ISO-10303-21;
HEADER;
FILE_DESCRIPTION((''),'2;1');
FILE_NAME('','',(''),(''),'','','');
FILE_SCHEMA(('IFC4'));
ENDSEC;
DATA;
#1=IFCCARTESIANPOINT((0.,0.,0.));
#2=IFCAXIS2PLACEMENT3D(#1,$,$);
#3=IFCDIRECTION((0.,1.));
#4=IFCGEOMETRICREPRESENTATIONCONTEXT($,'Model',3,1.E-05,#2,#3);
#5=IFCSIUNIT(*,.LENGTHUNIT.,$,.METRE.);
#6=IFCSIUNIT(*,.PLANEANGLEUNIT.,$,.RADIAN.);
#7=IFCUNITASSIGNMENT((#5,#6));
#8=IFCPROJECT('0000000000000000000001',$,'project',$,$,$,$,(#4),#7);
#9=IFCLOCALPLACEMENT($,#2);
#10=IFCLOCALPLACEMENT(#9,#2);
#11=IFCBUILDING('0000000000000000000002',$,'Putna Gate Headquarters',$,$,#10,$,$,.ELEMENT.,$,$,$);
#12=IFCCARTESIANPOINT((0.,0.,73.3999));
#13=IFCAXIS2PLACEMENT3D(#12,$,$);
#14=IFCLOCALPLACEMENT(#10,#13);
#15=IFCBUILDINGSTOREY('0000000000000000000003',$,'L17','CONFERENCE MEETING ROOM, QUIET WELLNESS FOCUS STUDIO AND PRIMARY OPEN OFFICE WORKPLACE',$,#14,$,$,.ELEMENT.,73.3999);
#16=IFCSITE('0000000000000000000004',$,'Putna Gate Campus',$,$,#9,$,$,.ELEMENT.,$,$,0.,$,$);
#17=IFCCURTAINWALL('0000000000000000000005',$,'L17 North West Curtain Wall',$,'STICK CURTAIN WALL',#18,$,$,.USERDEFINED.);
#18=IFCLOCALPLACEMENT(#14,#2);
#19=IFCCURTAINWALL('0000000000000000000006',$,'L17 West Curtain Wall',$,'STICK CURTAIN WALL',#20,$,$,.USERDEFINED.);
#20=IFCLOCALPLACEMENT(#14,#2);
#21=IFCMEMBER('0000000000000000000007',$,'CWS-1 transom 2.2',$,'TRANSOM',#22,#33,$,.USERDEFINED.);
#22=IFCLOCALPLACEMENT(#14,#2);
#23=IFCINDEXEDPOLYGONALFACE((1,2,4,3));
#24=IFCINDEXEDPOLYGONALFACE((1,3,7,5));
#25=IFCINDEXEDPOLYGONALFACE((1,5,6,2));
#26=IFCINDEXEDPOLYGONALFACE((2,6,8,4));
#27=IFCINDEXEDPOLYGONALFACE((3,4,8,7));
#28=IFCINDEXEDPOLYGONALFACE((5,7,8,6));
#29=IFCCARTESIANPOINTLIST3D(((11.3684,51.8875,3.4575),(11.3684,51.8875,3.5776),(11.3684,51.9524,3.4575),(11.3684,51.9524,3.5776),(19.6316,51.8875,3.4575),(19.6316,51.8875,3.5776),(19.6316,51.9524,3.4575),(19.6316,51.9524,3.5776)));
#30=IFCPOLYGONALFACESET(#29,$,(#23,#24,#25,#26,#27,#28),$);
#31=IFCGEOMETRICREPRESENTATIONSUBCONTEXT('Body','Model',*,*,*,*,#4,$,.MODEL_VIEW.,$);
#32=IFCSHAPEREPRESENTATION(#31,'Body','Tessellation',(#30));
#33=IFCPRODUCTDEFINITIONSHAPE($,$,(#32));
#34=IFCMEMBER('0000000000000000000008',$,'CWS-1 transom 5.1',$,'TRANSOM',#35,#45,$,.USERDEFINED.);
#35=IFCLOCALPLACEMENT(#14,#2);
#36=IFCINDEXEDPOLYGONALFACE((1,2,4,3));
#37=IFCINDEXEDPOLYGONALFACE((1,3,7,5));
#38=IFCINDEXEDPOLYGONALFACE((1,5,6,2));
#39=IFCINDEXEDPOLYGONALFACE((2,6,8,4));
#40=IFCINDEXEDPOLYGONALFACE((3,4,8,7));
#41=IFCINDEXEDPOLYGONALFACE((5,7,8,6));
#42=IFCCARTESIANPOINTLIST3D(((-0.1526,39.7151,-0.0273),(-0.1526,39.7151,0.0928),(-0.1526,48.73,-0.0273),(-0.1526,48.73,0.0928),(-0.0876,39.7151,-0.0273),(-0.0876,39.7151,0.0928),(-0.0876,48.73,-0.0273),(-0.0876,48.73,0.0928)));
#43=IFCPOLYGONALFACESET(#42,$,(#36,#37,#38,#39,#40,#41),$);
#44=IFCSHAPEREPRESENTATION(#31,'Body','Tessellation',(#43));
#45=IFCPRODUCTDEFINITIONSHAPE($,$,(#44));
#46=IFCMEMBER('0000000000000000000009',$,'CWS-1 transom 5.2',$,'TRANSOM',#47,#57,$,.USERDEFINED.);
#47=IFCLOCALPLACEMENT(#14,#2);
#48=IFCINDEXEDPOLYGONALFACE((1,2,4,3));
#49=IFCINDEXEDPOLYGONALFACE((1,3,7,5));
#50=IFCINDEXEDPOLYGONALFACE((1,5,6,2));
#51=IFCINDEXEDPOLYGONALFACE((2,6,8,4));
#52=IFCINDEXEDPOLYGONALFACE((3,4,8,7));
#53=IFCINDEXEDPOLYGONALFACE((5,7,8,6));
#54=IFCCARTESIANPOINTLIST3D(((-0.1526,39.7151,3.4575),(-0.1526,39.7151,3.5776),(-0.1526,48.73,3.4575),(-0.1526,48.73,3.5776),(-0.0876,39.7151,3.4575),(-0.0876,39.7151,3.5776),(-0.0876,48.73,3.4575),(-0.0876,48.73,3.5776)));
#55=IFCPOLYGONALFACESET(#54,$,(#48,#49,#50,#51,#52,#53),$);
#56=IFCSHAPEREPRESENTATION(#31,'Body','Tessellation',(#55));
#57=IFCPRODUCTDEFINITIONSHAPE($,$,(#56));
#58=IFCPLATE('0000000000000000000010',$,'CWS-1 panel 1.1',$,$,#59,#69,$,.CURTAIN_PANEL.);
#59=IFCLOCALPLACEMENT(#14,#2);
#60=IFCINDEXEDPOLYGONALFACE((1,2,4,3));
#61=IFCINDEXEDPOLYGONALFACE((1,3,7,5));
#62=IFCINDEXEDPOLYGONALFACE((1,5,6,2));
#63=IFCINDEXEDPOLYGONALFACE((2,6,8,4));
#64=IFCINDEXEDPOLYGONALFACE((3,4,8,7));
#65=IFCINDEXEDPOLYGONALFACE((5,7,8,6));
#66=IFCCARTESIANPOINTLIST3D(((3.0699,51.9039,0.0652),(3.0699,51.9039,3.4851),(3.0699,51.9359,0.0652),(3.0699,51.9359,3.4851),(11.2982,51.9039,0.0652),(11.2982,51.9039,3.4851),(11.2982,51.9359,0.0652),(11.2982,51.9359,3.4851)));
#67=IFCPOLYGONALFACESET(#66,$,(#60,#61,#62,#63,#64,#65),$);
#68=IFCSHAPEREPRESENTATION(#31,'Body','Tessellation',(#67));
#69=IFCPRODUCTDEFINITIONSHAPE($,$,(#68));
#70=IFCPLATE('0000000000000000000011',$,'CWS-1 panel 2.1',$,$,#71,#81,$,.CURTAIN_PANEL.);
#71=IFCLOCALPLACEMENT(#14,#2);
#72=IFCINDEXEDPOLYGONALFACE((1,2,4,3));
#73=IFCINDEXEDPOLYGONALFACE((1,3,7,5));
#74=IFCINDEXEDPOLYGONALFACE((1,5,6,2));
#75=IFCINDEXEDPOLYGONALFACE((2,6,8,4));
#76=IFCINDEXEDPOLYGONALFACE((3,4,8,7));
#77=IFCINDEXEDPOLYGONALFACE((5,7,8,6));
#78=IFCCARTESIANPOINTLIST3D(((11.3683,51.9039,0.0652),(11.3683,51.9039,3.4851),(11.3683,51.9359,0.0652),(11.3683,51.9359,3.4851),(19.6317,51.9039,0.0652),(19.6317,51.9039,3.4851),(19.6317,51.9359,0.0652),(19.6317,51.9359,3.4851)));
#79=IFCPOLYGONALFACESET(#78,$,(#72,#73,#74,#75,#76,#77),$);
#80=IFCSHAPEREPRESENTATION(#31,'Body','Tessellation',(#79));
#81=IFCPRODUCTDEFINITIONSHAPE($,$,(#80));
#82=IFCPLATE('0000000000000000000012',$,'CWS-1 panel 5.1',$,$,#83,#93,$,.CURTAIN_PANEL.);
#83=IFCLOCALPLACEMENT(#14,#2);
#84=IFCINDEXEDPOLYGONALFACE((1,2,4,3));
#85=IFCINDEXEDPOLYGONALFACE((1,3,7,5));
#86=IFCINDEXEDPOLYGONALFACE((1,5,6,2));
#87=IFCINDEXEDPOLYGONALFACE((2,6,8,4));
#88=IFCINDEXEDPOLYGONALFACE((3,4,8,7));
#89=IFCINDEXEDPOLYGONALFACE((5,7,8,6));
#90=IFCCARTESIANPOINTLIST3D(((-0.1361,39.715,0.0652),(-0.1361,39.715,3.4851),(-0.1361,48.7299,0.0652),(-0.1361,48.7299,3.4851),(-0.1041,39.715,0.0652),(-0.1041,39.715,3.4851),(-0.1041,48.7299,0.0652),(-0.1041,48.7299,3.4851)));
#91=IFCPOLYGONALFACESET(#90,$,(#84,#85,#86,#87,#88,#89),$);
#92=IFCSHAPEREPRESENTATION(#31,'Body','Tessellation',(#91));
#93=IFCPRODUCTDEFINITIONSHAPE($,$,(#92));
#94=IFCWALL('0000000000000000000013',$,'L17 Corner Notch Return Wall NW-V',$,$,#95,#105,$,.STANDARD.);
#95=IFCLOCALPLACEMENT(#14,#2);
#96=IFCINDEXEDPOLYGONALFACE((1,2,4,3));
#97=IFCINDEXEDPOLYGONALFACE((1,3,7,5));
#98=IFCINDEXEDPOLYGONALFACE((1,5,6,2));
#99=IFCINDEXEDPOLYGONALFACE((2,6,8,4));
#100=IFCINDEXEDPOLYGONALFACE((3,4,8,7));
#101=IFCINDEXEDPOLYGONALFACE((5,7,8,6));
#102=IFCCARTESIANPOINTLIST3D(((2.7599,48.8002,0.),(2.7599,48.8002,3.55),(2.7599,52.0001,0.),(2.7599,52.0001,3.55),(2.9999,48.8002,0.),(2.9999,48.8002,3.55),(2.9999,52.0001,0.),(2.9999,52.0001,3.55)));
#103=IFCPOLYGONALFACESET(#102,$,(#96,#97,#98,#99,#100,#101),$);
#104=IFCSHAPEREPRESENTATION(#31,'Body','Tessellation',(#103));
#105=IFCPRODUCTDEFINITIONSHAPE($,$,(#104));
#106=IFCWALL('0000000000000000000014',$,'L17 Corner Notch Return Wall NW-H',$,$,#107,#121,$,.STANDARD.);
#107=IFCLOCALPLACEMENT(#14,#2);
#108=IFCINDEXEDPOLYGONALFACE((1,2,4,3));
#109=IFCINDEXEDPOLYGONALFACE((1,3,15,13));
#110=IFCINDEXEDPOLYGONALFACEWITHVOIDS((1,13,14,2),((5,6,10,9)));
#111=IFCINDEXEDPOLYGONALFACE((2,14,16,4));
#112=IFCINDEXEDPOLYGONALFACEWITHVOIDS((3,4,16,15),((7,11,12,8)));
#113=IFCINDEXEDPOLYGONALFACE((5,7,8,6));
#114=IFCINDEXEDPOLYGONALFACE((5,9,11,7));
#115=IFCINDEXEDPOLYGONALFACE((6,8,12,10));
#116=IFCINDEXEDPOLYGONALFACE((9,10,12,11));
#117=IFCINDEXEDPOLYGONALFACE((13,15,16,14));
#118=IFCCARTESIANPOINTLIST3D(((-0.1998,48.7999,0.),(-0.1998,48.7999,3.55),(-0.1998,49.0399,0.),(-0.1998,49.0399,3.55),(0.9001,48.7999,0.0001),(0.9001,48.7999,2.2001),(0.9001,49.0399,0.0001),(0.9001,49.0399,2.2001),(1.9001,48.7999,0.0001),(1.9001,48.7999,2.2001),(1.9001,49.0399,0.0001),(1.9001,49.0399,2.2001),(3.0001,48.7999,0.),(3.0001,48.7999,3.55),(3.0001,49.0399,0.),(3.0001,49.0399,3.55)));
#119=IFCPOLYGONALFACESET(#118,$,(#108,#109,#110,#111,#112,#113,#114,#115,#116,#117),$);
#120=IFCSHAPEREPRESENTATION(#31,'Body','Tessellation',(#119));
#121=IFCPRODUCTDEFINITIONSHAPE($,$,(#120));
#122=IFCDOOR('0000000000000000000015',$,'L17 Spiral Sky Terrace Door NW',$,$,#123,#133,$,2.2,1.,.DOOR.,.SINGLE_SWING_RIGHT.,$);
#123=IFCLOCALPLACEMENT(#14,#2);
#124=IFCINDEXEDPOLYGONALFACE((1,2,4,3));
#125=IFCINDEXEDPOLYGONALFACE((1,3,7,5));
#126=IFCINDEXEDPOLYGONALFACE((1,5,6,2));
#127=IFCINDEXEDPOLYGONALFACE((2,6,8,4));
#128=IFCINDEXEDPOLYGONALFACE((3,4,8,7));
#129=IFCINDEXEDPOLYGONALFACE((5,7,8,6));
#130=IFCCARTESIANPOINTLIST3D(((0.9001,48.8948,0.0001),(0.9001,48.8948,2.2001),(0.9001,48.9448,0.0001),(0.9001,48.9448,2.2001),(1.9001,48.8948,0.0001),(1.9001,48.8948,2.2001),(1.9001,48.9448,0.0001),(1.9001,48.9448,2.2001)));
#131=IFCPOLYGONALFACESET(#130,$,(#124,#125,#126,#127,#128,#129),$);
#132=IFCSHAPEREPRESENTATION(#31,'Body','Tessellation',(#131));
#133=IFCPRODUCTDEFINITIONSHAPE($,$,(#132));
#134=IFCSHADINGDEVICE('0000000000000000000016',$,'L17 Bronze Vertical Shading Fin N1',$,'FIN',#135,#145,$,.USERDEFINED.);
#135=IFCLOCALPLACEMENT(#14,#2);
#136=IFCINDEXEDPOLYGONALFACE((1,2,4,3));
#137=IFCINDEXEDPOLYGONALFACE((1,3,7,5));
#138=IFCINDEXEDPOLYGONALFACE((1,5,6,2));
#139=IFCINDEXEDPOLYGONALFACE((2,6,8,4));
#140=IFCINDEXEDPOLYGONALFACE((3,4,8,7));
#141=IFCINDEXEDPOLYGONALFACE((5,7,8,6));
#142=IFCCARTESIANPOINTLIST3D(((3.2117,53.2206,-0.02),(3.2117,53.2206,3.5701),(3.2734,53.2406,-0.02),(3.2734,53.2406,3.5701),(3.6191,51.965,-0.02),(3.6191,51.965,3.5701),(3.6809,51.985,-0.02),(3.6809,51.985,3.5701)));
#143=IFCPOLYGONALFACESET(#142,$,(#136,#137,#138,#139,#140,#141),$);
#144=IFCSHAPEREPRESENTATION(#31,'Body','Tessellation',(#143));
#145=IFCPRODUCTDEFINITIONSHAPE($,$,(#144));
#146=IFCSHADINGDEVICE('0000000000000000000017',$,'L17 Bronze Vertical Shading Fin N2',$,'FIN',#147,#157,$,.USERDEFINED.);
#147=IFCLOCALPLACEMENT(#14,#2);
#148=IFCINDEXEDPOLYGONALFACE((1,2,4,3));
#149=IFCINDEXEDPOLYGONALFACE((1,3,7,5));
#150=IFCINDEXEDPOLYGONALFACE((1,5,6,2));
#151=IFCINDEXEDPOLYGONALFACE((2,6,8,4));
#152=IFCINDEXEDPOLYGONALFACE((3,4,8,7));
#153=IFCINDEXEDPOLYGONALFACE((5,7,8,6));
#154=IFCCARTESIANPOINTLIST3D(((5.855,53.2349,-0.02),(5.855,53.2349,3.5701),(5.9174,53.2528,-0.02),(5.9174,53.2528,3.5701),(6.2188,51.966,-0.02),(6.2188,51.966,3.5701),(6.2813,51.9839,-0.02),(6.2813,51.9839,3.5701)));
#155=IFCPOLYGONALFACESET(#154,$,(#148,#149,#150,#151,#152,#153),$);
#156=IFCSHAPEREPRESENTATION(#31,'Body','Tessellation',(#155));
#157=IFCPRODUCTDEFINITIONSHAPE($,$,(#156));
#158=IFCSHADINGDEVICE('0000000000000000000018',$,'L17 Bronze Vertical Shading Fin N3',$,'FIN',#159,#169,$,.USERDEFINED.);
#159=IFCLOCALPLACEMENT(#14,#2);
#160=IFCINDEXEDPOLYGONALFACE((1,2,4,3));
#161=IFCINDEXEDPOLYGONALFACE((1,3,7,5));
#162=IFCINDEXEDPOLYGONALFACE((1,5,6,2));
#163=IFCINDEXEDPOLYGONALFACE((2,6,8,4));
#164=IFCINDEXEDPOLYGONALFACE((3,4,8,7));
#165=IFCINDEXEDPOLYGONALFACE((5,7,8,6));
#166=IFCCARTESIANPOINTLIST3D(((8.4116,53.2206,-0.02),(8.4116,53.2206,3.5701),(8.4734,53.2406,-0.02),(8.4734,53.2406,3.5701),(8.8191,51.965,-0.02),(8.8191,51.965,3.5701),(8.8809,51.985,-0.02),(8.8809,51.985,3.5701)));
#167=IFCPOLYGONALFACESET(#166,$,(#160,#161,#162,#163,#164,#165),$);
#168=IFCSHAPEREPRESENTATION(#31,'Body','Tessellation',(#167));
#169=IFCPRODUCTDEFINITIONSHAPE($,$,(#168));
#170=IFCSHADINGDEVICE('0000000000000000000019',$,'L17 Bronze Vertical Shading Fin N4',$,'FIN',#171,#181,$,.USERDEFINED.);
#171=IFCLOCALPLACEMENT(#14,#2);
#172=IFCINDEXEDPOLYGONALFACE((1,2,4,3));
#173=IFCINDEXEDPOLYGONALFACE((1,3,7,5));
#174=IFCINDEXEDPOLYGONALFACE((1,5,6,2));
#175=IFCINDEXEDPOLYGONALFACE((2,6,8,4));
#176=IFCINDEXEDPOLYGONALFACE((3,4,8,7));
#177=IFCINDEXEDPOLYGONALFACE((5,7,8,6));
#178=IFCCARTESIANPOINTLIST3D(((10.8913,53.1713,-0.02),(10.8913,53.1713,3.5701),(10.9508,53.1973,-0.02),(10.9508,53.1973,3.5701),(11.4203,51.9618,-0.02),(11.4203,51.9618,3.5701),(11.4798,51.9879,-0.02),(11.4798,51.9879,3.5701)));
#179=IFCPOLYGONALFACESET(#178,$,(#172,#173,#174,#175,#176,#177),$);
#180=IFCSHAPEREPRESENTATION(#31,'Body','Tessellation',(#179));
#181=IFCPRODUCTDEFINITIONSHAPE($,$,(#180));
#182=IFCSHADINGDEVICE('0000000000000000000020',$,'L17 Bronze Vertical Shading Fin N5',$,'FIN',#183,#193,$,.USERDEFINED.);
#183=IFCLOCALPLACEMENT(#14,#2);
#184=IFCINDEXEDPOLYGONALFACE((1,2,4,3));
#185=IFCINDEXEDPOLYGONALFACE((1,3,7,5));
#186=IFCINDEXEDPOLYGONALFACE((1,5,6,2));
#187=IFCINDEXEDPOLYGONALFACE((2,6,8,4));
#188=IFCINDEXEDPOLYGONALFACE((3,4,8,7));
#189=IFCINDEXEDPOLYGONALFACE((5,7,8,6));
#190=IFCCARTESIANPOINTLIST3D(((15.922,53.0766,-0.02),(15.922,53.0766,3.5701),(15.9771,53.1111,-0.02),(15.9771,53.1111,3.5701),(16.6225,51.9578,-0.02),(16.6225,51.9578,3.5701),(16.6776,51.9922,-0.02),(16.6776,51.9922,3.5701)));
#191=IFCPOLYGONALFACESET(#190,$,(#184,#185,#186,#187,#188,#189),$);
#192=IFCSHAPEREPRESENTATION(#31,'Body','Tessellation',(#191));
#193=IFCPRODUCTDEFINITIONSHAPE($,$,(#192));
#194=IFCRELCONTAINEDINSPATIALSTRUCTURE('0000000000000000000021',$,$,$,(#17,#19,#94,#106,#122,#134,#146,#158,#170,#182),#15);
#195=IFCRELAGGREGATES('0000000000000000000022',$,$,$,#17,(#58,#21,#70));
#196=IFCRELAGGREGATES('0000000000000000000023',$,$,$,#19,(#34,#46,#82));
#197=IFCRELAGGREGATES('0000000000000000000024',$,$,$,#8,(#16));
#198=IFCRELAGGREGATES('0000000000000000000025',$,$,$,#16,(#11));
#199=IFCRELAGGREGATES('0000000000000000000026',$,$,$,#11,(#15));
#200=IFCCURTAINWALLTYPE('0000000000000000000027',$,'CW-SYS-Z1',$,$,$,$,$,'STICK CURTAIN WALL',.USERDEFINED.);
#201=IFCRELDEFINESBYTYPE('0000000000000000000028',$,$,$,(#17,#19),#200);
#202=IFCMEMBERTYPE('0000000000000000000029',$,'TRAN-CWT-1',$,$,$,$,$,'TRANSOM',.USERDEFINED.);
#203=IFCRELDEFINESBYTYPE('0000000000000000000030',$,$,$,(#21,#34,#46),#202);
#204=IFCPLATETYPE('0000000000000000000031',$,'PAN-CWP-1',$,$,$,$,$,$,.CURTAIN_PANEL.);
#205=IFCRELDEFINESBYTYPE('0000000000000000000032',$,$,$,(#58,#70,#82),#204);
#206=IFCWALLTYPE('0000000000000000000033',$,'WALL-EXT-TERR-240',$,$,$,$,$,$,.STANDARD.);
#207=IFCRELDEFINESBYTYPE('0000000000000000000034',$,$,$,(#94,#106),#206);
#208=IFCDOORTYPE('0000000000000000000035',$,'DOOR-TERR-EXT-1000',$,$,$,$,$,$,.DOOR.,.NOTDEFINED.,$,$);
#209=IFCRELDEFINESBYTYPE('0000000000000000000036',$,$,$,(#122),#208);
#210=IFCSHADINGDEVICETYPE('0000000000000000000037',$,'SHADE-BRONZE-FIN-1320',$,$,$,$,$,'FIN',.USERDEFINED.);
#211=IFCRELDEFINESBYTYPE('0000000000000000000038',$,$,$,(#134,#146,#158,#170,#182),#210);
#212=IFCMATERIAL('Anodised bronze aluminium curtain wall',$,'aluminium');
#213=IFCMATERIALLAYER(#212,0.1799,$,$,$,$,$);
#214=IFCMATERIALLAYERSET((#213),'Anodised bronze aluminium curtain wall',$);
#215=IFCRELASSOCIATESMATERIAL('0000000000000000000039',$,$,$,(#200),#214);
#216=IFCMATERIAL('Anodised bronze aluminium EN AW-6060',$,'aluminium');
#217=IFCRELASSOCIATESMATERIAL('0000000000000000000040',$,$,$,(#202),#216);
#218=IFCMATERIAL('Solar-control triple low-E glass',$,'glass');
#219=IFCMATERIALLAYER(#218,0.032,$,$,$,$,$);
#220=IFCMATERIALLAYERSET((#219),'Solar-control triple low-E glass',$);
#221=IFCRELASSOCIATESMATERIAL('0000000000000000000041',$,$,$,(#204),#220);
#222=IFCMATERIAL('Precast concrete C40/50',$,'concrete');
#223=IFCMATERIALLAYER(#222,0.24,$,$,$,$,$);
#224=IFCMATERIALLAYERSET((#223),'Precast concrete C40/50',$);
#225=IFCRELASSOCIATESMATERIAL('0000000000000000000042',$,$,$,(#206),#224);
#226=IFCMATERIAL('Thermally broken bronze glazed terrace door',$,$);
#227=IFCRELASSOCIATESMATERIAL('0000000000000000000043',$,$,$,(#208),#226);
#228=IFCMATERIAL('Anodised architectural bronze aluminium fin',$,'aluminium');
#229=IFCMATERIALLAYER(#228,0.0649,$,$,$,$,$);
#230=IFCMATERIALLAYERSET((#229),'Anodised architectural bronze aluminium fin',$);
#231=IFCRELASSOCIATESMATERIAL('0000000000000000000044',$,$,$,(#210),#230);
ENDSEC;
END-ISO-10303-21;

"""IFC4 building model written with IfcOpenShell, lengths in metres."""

from ifc_helpers import new_model, si_unit, direction, frame, frame_2d, origin, origin_2d, place, context, subcontext, project, spatial, rectangle, extrude, material, layer, layer_set, material_profile, profile_set, type_object, element, fill, aggregate, save


model = new_model("IFC4")

# Units and contexts
model_context = context("Model", 3, precision=1e-05, world=origin(), true_north=direction((0.0, 1.0)))
body_context = subcontext(model_context, "Body", "Model", "MODEL_VIEW")
ifc_project = project(units=[si_unit("LENGTHUNIT", "METRE"), si_unit("PLANEANGLEUNIT", "RADIAN")], contexts=[model_context])

# Site, building, storey
site_placement = place(None, origin())
site = spatial("IfcSite", under=ifc_project, at=site_placement, Name="Putna Gate Campus", CompositionType="ELEMENT", RefElevation=0.0)
building_placement = place(site_placement, origin())
building = spatial("IfcBuilding", under=site, at=building_placement, Name="Putna Gate Headquarters", CompositionType="ELEMENT")
storey_placement = place(building_placement, frame((0.0, 0.0, 73.3999)))
storey = spatial("IfcBuildingStorey", under=building, at=storey_placement, Name="L17", Description="CONFERENCE MEETING ROOM, QUIET WELLNESS FOCUS STUDIO AND PRIMARY OPEN OFFICE WORKPLACE", CompositionType="ELEMENT", Elevation=73.3999)

# Curtain wall
ifc_material_1 = material(Name="Anodised bronze aluminium curtain wall", Category="aluminium")
ifc_layer_1 = layer(ifc_material_1, 0.1799)
ifc_layer_set_1 = layer_set([ifc_layer_1], Name="Anodised bronze aluminium curtain wall")
curtain_wall_type = type_object("IfcCurtainWallType", Name="CW-SYS-Z1", ElementType="STICK CURTAIN WALL", PredefinedType="USERDEFINED", material=ifc_layer_set_1)
curtain_wall_1_placement = place(storey_placement, origin())
curtain_wall_1 = element("IfcCurtainWall", 1, at=curtain_wall_1_placement, inside=storey, type_object=curtain_wall_type, Name="L17 North West Curtain Wall", ObjectType="STICK CURTAIN WALL", PredefinedType="USERDEFINED")
ifc_material_2 = material(Name="Anodised bronze aluminium EN AW-6060", Category="aluminium")

# Curtain wall
curtain_wall_2_placement = place(storey_placement, origin())
curtain_wall_2 = element("IfcCurtainWall", 2, at=curtain_wall_2_placement, inside=storey, type_object=curtain_wall_type, Name="L17 West Curtain Wall", ObjectType="STICK CURTAIN WALL", PredefinedType="USERDEFINED")

# Members
ifc_material_profile_1 = material_profile(ifc_material_2, rectangle(XDim=0.0649, YDim=0.1201, at=origin_2d()), Name="Anodised bronze aluminium EN AW-6060")
ifc_profile_set_1 = profile_set([ifc_material_profile_1], Name="Anodised bronze aluminium EN AW-6060")
member_type_1 = type_object("IfcMemberType", Name="TRAN-CWT-1", ElementType="TRANSOM", PredefinedType="USERDEFINED", material=ifc_profile_set_1)
member_1_placement = place(storey_placement, frame((11.3684, 51.9199, 3.5176), z_axis=(1.0, 0.0, 0.0), x_axis=(0.0, 1.0, 0.0)))
member_1 = element("IfcMember", 3, at=member_1_placement, type_object=member_type_1, Name="CWS-1 transom 2.2", ObjectType="TRANSOM", PredefinedType="USERDEFINED", context=body_context, shape_type="SweptSolid", body=[
    extrude(rectangle(XDim=0.0649, YDim=0.1201, at=origin_2d()), origin(), (0.0, 0.0, 1.0), 8.2632),
])
member_2_placement = place(storey_placement, frame((-0.1201, 39.7151, 0.0327), z_axis=(0.0, 1.0, 0.0), x_axis=(-1.0, 0.0, 0.0)))
member_2 = element("IfcMember", 4, at=member_2_placement, type_object=member_type_1, Name="CWS-1 transom 5.1", ObjectType="TRANSOM", PredefinedType="USERDEFINED", context=body_context, shape_type="SweptSolid", body=[
    extrude(rectangle(XDim=0.0649, YDim=0.1201, at=origin_2d()), origin(), (0.0, 0.0, 1.0), 9.0149),
])
member_3_placement = place(storey_placement, frame((-0.1201, 39.7151, 3.5176), z_axis=(0.0, 1.0, 0.0), x_axis=(-1.0, 0.0, 0.0)))
member_3 = element("IfcMember", 5, at=member_3_placement, type_object=member_type_1, Name="CWS-1 transom 5.2", ObjectType="TRANSOM", PredefinedType="USERDEFINED", context=body_context, shape_type="SweptSolid", body=[
    extrude(rectangle(XDim=0.0649, YDim=0.1201, at=origin_2d()), origin(), (0.0, 0.0, 1.0), 9.0149),
])

# Plates
ifc_material_3 = material(Name="Solar-control triple low-E glass", Category="glass")
ifc_layer_2 = layer(ifc_material_3, 0.032)
ifc_layer_set_2 = layer_set([ifc_layer_2], Name="Solar-control triple low-E glass")
plate_type = type_object("IfcPlateType", Name="PAN-CWP-1", PredefinedType="CURTAIN_PANEL", material=ifc_layer_set_2)
plate_1_placement = place(storey_placement, frame((7.1841, 51.9199, 0.0652), z_axis=(0.0, 0.0, 1.0), x_axis=(1.0, 0.0, 0.0)))
plate_1 = element("IfcPlate", 6, at=plate_1_placement, type_object=plate_type, Name="CWS-1 panel 1.1", PredefinedType="CURTAIN_PANEL", context=body_context, shape_type="SweptSolid", body=[
    extrude(rectangle(XDim=8.2283, YDim=0.032, at=origin_2d()), origin(), (0.0, 0.0, 1.0), 3.4199),
])
plate_2_placement = place(storey_placement, frame((15.5, 51.9199, 0.0652), z_axis=(0.0, 0.0, 1.0), x_axis=(1.0, 0.0, 0.0)))
plate_2 = element("IfcPlate", 7, at=plate_2_placement, type_object=plate_type, Name="CWS-1 panel 2.1", PredefinedType="CURTAIN_PANEL", context=body_context, shape_type="SweptSolid", body=[
    extrude(rectangle(XDim=8.2634, YDim=0.032, at=origin_2d()), origin(), (0.0, 0.0, 1.0), 3.4199),
])
aggregate(curtain_wall_1, [plate_1, member_1, plate_2])
plate_3_placement = place(storey_placement, frame((-0.1201, 44.2224, 0.0652), z_axis=(0.0, 0.0, 1.0), x_axis=(0.0, 1.0, 0.0)))
plate_3 = element("IfcPlate", 8, at=plate_3_placement, type_object=plate_type, Name="CWS-1 panel 5.1", PredefinedType="CURTAIN_PANEL", context=body_context, shape_type="SweptSolid", body=[
    extrude(rectangle(XDim=9.0149, YDim=0.032, at=origin_2d()), origin(), (0.0, 0.0, 1.0), 3.4199),
])
aggregate(curtain_wall_2, [member_2, member_3, plate_3])

# Wall
ifc_material_4 = material(Name="Precast concrete C40/50", Category="concrete")
ifc_layer_3 = layer(ifc_material_4, 0.24)
ifc_layer_set_3 = layer_set([ifc_layer_3], Name="Precast concrete C40/50")
wall_type = type_object("IfcWallType", Name="WALL-EXT-TERR-240", PredefinedType="STANDARD", material=ifc_layer_set_3)
wall_1_placement = place(storey_placement, frame((2.8799, 48.8, 0.0), z_axis=(0.0, 0.0, 1.0), x_axis=(0.0, 1.0, 0.0)))
element("IfcWall", 9, at=wall_1_placement, inside=storey, type_object=wall_type, Name="L17 Corner Notch Return Wall NW-V", PredefinedType="STANDARD", context=body_context, shape_type="SweptSolid", body=[
    extrude(rectangle(XDim=3.2, YDim=0.24, at=frame_2d((1.6001, 0.0))), origin(), (0.0, 0.0, 1.0), 3.55),
])

# Wall, opening, door
wall_2_placement = place(storey_placement, frame((-0.2, 48.9199, 0.0), z_axis=(0.0, 0.0, 1.0), x_axis=(1.0, 0.0, 0.0)))
wall_2 = element("IfcWall", 10, at=wall_2_placement, inside=storey, type_object=wall_type, Name="L17 Corner Notch Return Wall NW-H", PredefinedType="STANDARD", context=body_context, shape_type="SweptSolid", body=[
    extrude(rectangle(XDim=3.2, YDim=0.24, at=frame_2d((1.6001, 0.0))), origin(), (0.0, 0.0, 1.0), 3.55),
])
opening_placement = place(wall_2_placement, frame((1.1001, 0.0, 0.0)))
opening = element("IfcOpeningElement", 11, at=opening_placement, cuts=wall_2, PredefinedType="OPENING", context=body_context, shape_type="SweptSolid", body=[
    extrude(rectangle(XDim=1.0, YDim=2.2, at=frame_2d((0.5, 1.1001))), frame((0.0, 0.1299, 0.0), z_axis=(0.0, -1.0, 0.0), x_axis=(1.0, 0.0, 0.0)), (0.0, 0.0, 1.0), 0.26),
])
ifc_material_5 = material(Name="Thermally broken bronze glazed terrace door")
door_type = type_object("IfcDoorType", Name="DOOR-TERR-EXT-1000", OperationType="NOTDEFINED", PredefinedType="DOOR", material=ifc_material_5)
door_placement = place(opening_placement, origin())
door = element("IfcDoor", 12, at=door_placement, inside=storey, type_object=door_type, Name="L17 Spiral Sky Terrace Door NW", OperationType="SINGLE_SWING_RIGHT", OverallHeight=2.2, OverallWidth=1.0, PredefinedType="DOOR", context=body_context, shape_type="SweptSolid", body=[
    extrude(rectangle(XDim=1.0, YDim=2.2, at=frame_2d((0.5, 1.1001))), frame((0.0, 0.0249, 0.0), z_axis=(0.0, -1.0, 0.0), x_axis=(1.0, 0.0, 0.0)), (0.0, 0.0, 1.0), 0.05),
])
fill(opening, door)

# Shading devices
ifc_material_6 = material(Name="Anodised architectural bronze aluminium fin", Category="aluminium")
ifc_layer_4 = layer(ifc_material_6, 0.0649)
ifc_layer_set_4 = layer_set([ifc_layer_4], Name="Anodised architectural bronze aluminium fin")
shading_device_type = type_object("IfcShadingDeviceType", Name="SHADE-BRONZE-FIN-1320", ElementType="FIN", PredefinedType="USERDEFINED", material=ifc_layer_set_4)
for number, where, z_axis, x_axis, name in (
    (13, (3.4463, 52.6028, -0.02), (0.0, 0.0, 1.0), (-0.308685, 0.951164, 0.0), "L17 Bronze Vertical Shading Fin N1"),
    (14, (6.0681, 52.6094, -0.02), (0.0, 0.0, 1.0), (-0.275637, 0.961262, 0.0), "L17 Bronze Vertical Shading Fin N2"),
    (15, (8.6462, 52.6028, -0.02), (0.0, 0.0, 1.0), (-0.308685, 0.951164, 0.0), "L17 Bronze Vertical Shading Fin N3"),
    (16, (11.1855, 52.5796, -0.02), (0.0, 0.0, 1.0), (-0.400669, 0.916223, 0.0), "L17 Bronze Vertical Shading Fin N4"),
    (17, (16.2998, 52.5344, -0.02), (0.0, 0.0, 1.0), (-0.530659, 0.847585, 0.0), "L17 Bronze Vertical Shading Fin N5"),
):
    element("IfcShadingDevice", number, at=place(storey_placement, frame(where, z_axis=z_axis, x_axis=x_axis)), inside=storey, type_object=shading_device_type, Name=name, ObjectType="FIN", PredefinedType="USERDEFINED", context=body_context, shape_type="SweptSolid", body=[
        extrude(rectangle(XDim=1.3201, YDim=0.0649, at=origin_2d()), origin(), (0.0, 0.0, 1.0), 3.5901),
    ])

save(model, "model.ifc")
